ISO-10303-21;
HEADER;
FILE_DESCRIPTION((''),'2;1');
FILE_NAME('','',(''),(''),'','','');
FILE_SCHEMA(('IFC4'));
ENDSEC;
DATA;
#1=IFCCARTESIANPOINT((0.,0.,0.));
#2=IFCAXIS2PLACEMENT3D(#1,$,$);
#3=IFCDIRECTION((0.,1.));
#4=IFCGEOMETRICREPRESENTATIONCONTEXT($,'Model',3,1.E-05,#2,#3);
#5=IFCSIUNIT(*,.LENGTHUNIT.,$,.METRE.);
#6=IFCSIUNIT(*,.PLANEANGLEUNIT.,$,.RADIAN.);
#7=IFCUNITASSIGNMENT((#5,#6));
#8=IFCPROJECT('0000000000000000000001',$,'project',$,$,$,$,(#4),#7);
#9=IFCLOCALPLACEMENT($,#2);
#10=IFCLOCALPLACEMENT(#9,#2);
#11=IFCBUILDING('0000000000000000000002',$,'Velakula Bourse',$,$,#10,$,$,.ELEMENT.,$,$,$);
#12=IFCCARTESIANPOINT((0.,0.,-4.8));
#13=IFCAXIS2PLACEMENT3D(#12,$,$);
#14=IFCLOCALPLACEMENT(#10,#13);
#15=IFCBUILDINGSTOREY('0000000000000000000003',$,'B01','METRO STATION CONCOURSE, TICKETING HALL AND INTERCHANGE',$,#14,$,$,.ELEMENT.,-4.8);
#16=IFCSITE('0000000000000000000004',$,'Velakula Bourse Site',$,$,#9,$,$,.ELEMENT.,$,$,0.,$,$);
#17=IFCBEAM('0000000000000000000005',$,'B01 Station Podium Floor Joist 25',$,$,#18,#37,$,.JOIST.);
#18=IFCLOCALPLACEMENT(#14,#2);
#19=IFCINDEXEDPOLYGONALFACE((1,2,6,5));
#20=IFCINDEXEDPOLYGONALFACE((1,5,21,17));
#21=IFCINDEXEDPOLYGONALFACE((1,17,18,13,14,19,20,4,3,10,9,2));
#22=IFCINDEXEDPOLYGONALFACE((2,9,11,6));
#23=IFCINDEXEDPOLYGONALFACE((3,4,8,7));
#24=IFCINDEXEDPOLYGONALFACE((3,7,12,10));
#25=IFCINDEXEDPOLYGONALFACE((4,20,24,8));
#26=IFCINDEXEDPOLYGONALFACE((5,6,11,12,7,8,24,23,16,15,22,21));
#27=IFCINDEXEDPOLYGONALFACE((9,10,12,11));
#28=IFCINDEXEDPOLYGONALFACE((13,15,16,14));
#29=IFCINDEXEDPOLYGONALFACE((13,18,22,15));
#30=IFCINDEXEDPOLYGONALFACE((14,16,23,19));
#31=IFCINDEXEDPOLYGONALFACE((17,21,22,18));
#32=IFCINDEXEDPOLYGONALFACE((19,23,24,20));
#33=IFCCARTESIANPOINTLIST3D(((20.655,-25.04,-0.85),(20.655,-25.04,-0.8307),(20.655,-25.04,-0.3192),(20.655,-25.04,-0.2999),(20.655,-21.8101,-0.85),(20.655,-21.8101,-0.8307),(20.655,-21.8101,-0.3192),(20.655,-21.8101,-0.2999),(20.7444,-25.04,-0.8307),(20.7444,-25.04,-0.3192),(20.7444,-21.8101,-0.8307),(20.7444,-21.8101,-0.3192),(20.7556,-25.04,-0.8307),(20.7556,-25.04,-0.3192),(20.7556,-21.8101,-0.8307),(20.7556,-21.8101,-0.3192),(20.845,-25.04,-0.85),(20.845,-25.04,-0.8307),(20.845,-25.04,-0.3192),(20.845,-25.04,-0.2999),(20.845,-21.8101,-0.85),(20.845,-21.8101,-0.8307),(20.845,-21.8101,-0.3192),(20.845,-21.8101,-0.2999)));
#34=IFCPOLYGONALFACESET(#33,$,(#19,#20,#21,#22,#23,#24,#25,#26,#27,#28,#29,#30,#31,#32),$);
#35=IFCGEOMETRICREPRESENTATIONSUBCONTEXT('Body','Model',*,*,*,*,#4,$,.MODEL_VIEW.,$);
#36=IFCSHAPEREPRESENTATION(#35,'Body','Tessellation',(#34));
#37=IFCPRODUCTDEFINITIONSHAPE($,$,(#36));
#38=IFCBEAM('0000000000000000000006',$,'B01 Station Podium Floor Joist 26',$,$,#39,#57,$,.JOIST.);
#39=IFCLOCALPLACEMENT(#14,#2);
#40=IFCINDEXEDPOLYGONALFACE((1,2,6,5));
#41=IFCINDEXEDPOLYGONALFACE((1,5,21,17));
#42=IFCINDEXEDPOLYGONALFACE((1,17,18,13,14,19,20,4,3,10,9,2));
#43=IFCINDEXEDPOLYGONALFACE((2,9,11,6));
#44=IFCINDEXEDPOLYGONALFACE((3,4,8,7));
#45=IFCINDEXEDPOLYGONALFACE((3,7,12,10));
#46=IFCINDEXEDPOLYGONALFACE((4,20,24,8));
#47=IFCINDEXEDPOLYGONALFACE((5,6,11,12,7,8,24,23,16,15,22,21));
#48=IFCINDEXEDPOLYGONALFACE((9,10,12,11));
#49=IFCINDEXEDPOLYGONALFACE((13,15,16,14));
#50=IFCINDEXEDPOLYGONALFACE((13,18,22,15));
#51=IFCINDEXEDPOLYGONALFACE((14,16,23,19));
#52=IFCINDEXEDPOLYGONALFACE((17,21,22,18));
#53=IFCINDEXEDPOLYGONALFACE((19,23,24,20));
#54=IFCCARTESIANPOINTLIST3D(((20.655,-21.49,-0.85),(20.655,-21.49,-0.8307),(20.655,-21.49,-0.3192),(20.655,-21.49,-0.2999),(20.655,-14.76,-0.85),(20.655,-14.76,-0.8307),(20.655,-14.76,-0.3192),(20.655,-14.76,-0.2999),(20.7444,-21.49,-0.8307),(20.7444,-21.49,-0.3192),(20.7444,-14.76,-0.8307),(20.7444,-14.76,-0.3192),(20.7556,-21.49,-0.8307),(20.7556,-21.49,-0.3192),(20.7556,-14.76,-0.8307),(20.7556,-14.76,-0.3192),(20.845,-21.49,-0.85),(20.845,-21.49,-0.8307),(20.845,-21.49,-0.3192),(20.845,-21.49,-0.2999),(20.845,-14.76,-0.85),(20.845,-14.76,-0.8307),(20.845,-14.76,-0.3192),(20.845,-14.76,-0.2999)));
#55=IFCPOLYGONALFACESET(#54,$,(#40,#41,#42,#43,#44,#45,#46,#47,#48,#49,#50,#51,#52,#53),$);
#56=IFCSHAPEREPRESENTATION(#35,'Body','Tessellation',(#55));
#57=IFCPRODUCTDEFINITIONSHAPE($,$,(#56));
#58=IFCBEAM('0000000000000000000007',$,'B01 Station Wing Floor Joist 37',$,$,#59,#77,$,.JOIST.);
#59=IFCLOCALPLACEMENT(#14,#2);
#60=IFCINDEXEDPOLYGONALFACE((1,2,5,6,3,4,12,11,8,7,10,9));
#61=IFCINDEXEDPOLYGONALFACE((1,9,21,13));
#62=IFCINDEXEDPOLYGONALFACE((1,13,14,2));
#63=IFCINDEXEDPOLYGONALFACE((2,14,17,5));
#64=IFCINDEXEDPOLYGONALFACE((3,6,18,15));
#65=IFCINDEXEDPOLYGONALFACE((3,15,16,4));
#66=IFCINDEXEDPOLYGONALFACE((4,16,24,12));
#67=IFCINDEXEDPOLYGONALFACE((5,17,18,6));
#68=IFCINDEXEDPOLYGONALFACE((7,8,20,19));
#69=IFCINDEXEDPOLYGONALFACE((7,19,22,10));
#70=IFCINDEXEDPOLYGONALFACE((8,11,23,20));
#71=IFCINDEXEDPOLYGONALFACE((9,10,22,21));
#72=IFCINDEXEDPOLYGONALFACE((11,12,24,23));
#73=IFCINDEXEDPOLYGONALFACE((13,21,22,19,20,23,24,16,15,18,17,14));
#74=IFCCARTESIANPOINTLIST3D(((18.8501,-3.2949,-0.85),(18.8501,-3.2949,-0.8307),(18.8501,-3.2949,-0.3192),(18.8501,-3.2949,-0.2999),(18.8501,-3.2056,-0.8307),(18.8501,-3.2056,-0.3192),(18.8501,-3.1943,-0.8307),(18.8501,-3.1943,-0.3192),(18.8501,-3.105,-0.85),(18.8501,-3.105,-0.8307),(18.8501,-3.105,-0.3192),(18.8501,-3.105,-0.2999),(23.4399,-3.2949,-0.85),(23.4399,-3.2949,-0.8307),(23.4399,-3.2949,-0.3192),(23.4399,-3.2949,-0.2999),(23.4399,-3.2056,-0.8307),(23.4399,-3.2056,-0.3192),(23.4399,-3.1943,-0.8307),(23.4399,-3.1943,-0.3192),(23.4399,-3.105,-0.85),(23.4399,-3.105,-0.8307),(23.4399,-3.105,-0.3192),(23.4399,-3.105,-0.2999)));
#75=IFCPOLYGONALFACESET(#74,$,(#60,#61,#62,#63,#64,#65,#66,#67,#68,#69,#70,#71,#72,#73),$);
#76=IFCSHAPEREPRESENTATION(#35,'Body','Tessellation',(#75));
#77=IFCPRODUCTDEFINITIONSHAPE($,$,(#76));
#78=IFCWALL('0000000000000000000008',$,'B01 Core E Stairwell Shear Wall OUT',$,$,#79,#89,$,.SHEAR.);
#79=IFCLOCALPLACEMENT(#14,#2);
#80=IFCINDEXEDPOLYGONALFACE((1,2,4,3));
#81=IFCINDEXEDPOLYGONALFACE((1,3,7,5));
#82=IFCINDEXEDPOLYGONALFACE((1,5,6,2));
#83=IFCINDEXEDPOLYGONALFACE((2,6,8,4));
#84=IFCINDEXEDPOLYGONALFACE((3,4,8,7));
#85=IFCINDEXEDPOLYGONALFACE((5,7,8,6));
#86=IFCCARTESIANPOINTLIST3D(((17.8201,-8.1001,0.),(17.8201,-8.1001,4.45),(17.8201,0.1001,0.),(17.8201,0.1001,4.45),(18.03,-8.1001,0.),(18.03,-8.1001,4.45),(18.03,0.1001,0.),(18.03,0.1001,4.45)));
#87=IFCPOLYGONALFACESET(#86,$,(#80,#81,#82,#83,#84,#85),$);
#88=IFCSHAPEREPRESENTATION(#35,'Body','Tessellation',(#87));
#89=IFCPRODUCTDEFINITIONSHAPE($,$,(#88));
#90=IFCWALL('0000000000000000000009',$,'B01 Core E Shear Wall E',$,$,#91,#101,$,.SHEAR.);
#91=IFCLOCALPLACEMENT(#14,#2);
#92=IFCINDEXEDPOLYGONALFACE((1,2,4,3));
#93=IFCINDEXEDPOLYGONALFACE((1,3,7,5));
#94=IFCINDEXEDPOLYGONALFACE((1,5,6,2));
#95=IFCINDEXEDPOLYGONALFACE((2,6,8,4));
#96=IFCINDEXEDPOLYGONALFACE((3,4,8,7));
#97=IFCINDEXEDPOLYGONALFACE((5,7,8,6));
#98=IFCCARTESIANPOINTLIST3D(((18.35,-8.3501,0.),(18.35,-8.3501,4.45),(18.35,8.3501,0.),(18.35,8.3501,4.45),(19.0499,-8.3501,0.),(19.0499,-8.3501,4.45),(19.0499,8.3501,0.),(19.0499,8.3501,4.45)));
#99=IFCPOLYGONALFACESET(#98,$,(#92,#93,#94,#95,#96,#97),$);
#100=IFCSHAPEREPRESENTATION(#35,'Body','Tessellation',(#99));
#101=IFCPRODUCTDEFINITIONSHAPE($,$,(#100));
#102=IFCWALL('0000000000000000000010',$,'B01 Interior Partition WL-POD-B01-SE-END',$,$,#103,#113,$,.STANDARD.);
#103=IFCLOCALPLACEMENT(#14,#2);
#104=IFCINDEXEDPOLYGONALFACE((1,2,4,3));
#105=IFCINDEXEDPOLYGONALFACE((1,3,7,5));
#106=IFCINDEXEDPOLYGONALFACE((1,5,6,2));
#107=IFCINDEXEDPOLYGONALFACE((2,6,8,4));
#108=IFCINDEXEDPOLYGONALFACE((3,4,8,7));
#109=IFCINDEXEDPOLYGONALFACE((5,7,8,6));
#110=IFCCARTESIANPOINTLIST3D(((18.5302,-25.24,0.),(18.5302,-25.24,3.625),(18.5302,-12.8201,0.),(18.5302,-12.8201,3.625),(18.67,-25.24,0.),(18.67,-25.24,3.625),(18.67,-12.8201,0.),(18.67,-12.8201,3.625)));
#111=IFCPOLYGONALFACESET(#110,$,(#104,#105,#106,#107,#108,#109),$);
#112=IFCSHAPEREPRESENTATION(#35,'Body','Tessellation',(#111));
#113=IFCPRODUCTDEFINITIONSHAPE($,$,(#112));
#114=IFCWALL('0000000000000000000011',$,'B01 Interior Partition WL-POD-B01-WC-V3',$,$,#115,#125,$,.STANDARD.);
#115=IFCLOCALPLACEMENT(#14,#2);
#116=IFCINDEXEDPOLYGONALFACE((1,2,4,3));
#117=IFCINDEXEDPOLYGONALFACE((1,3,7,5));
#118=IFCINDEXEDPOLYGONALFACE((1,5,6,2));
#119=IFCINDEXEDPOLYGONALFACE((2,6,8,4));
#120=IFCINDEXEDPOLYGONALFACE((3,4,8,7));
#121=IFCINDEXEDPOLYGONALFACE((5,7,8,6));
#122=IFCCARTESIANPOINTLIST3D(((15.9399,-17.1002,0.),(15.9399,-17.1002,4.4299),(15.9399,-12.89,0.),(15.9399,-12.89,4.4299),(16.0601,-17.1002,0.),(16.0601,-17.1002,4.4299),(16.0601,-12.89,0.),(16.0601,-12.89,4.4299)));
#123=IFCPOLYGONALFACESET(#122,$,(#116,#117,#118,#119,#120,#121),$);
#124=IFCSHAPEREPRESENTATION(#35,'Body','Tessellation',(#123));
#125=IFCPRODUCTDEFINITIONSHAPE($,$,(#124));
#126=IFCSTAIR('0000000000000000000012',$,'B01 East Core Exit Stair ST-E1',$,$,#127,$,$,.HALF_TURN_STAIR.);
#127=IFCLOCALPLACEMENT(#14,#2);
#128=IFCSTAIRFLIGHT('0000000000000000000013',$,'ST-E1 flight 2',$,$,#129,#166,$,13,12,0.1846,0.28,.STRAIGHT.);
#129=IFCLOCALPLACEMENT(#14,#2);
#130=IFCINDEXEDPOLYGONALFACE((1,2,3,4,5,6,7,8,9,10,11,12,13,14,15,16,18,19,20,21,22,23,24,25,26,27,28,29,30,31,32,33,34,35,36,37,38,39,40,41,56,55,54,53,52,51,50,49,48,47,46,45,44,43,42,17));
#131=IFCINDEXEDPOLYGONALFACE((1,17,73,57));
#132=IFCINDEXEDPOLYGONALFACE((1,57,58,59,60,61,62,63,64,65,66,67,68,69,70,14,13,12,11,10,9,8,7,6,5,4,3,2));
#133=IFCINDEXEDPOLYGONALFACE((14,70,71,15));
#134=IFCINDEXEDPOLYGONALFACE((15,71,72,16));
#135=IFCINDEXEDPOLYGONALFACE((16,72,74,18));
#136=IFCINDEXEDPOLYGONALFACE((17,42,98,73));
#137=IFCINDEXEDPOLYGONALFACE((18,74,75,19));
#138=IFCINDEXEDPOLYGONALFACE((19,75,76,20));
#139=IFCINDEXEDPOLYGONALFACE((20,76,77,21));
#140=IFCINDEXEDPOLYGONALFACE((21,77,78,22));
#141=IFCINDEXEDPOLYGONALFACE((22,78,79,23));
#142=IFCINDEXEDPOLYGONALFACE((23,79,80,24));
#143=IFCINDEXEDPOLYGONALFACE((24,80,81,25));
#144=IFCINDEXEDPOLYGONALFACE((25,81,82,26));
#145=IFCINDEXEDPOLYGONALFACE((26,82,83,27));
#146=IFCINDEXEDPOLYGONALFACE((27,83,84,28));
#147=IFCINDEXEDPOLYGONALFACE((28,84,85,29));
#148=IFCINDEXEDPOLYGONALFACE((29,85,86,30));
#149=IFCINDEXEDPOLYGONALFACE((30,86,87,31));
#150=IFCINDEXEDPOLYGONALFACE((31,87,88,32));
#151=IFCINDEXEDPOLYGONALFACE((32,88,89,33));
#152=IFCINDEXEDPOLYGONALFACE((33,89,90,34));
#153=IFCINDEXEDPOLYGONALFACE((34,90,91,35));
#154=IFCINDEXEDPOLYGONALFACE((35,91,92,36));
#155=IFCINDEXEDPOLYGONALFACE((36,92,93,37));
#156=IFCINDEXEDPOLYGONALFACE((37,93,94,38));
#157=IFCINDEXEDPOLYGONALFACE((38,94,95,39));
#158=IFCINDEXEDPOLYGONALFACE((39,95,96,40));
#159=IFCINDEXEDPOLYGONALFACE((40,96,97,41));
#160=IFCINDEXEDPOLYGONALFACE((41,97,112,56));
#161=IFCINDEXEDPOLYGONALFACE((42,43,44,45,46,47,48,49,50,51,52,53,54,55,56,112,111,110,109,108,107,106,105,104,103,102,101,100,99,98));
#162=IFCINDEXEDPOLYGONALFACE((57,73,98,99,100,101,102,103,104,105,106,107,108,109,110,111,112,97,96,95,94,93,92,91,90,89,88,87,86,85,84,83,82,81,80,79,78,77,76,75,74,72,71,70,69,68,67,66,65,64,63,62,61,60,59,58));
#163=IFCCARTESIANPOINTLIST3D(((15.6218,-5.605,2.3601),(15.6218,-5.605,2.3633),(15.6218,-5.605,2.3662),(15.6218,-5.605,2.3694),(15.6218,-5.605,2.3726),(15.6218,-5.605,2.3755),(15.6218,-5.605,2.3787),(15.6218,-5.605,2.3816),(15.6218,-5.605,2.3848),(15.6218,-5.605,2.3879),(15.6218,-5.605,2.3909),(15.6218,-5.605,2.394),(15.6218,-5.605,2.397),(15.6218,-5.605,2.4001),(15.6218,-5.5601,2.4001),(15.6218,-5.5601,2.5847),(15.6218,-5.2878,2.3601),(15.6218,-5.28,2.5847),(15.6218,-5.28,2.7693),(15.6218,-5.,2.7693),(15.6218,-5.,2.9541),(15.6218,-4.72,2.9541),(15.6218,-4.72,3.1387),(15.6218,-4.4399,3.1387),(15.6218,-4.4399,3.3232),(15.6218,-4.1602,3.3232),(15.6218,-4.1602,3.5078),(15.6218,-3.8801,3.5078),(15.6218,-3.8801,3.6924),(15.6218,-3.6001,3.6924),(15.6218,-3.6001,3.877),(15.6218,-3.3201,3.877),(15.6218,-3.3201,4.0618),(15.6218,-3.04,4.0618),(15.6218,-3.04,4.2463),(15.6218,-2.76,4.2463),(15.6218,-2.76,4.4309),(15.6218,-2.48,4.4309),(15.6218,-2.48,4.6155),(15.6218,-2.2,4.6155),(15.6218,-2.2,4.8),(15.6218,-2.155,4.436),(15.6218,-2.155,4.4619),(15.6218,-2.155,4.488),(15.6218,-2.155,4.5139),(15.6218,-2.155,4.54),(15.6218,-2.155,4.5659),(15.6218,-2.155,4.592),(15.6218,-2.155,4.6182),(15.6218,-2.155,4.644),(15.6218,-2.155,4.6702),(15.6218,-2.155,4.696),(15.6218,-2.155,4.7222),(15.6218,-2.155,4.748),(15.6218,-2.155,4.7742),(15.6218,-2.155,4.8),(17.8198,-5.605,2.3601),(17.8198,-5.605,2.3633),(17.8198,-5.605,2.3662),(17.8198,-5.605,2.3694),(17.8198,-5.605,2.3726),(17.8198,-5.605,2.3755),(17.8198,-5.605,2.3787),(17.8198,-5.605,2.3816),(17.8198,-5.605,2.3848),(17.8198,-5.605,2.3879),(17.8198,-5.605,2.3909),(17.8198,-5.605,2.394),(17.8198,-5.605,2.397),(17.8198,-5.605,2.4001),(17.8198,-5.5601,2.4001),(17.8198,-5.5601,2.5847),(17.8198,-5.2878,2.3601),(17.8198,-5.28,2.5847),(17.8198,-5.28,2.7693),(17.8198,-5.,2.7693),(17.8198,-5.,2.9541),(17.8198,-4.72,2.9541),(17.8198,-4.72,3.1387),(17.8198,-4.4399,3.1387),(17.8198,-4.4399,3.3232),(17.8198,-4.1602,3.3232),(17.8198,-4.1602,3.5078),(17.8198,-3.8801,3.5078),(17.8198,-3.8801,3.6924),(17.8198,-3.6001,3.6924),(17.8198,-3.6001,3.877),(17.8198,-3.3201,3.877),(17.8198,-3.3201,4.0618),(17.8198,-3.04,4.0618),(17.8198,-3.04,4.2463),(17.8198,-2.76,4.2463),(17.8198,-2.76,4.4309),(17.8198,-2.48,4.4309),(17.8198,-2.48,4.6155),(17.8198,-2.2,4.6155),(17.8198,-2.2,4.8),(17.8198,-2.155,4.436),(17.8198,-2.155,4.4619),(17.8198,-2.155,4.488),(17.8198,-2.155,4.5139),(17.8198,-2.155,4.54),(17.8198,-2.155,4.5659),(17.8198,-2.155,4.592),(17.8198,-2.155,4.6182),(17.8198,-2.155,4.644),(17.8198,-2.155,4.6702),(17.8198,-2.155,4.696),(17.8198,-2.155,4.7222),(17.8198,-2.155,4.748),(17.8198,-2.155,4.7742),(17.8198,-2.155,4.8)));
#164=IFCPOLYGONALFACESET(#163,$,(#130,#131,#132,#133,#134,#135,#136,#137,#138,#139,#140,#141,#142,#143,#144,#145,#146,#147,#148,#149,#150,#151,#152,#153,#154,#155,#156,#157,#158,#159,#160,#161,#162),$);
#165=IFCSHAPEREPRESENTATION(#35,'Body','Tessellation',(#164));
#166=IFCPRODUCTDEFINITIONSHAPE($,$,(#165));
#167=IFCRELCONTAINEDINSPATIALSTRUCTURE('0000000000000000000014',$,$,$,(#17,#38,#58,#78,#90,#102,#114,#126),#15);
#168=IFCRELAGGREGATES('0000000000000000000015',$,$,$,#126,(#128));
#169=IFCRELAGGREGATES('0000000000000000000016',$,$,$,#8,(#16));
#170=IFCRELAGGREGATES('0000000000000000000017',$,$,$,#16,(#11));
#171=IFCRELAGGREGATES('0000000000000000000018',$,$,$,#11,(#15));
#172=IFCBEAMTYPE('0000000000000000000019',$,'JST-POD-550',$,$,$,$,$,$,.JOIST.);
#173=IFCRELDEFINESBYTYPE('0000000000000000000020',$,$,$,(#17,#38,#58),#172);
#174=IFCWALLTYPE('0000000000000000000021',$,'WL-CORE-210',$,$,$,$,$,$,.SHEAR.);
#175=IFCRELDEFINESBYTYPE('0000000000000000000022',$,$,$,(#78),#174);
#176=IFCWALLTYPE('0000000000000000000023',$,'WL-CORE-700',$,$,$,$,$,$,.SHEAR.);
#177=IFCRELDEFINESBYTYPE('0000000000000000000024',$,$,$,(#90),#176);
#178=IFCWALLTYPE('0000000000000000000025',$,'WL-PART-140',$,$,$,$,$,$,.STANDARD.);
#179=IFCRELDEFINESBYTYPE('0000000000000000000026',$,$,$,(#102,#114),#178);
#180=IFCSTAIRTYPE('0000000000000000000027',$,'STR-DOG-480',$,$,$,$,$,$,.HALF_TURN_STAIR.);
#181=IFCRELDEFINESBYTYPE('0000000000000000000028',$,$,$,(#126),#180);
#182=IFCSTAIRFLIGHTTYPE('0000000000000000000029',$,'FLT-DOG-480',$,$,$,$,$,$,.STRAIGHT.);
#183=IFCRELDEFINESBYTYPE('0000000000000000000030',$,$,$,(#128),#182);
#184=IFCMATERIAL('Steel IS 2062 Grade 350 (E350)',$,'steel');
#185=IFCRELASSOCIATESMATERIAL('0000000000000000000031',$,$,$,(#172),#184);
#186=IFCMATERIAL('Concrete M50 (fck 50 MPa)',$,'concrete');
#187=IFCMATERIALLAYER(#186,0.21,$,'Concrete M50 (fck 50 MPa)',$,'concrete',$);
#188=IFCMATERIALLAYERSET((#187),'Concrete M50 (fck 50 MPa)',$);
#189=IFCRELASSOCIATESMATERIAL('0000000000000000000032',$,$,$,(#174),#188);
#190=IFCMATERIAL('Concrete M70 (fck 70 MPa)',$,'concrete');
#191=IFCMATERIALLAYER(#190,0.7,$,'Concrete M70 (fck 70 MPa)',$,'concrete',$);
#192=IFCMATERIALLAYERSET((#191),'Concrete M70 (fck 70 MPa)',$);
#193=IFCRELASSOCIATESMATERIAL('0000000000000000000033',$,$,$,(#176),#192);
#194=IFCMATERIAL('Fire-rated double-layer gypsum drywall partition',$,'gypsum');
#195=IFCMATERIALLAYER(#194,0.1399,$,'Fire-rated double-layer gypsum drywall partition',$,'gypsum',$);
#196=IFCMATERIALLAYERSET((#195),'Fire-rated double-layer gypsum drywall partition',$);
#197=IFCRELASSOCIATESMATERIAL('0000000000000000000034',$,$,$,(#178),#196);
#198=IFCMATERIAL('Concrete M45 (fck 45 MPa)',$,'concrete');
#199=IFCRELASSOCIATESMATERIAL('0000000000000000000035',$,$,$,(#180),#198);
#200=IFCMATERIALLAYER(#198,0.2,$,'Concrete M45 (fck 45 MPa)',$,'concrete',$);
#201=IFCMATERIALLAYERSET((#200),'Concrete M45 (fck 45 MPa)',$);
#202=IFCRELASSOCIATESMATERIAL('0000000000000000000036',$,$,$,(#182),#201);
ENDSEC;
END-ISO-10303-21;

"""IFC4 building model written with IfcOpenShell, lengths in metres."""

from ifc_helpers import new_model, si_unit, direction, frame, frame_2d, origin, origin_2d, place, context, subcontext, project, spatial, polyline, rectangle, i_section, outline, extrude, material, layer, layer_set, material_profile, profile_set, type_object, element, aggregate, save


model = new_model("IFC4")

# Units and contexts
model_context = context("Model", 3, precision=1e-05, world=origin(), true_north=direction((0.0, 1.0)))
body_context = subcontext(model_context, "Body", "Model", "MODEL_VIEW")
ifc_project = project(units=[si_unit("LENGTHUNIT", "METRE"), si_unit("PLANEANGLEUNIT", "RADIAN")], contexts=[model_context])

# Site, building, storey
site_placement = place(None, origin())
site = spatial("IfcSite", under=ifc_project, at=site_placement, Name="Velakula Bourse Site", CompositionType="ELEMENT", RefElevation=0.0)
building_placement = place(site_placement, origin())
building = spatial("IfcBuilding", under=site, at=building_placement, Name="Velakula Bourse", CompositionType="ELEMENT")
storey_placement = place(building_placement, frame((0.0, 0.0, -4.8)))
storey = spatial("IfcBuildingStorey", under=building, at=storey_placement, Name="B01", Description="METRO STATION CONCOURSE, TICKETING HALL AND INTERCHANGE", CompositionType="ELEMENT", Elevation=-4.8)

# Shared definitions
ifc_material_1 = material(Name="Concrete M70 (fck 70 MPa)", Category="concrete")
ifc_material_2 = material(Name="Concrete M50 (fck 50 MPa)", Category="concrete")

# Beams
ifc_material_3 = material(Name="Steel IS 2062 Grade 350 (E350)", Category="steel")
ifc_material_profile_1 = material_profile(ifc_material_3, i_section(OverallWidth=0.1899, OverallDepth=0.55, WebThickness=0.0112, FlangeThickness=0.0193, at=origin_2d()), Name="Steel IS 2062 Grade 350 (E350)")
ifc_profile_set_1 = profile_set([ifc_material_profile_1], Name="Steel IS 2062 Grade 350 (E350)")
beam_type_1 = type_object("IfcBeamType", Name="JST-POD-550", PredefinedType="JOIST", material=ifc_profile_set_1)
beam_1_placement = place(storey_placement, frame((20.75, -25.04, -0.575), z_axis=(0.0, 1.0, 0.0), x_axis=(-1.0, 0.0, 0.0)))
element("IfcBeam", 1, at=beam_1_placement, inside=storey, type_object=beam_type_1, Name="B01 Station Podium Floor Joist 25", PredefinedType="JOIST", context=body_context, shape_type="SweptSolid", body=[
    extrude(i_section(OverallWidth=0.1899, OverallDepth=0.55, WebThickness=0.0112, FlangeThickness=0.0193, at=origin_2d()), origin(), (0.0, 0.0, 1.0), 3.23),
])
beam_2_placement = place(storey_placement, frame((20.75, -21.49, -0.575), z_axis=(0.0, 1.0, 0.0), x_axis=(-1.0, 0.0, 0.0)))
element("IfcBeam", 2, at=beam_2_placement, inside=storey, type_object=beam_type_1, Name="B01 Station Podium Floor Joist 26", PredefinedType="JOIST", context=body_context, shape_type="SweptSolid", body=[
    extrude(i_section(OverallWidth=0.1899, OverallDepth=0.55, WebThickness=0.0112, FlangeThickness=0.0193, at=origin_2d()), origin(), (0.0, 0.0, 1.0), 6.73),
])
beam_3_placement = place(storey_placement, frame((18.8501, -3.2, -0.575), z_axis=(1.0, 0.0, 0.0), x_axis=(0.0, 1.0, 0.0)))
element("IfcBeam", 3, at=beam_3_placement, inside=storey, type_object=beam_type_1, Name="B01 Station Wing Floor Joist 37", PredefinedType="JOIST", context=body_context, shape_type="SweptSolid", body=[
    extrude(i_section(OverallWidth=0.1899, OverallDepth=0.55, WebThickness=0.0112, FlangeThickness=0.0193, at=origin_2d()), origin(), (0.0, 0.0, 1.0), 4.5898),
])

# Walls
ifc_layer_1 = layer(ifc_material_2, 0.21, Name="Concrete M50 (fck 50 MPa)", Category="concrete")
ifc_layer_set_1 = layer_set([ifc_layer_1], Name="Concrete M50 (fck 50 MPa)")
wall_type_1 = type_object("IfcWallType", Name="WL-CORE-210", PredefinedType="SHEAR", material=ifc_layer_set_1)
wall_1_placement = place(storey_placement, frame((17.925, -8.1001, 0.0), z_axis=(0.0, 0.0, 1.0), x_axis=(0.0, 1.0, 0.0)))
element("IfcWall", 4, at=wall_1_placement, inside=storey, type_object=wall_type_1, Name="B01 Core E Stairwell Shear Wall OUT", PredefinedType="SHEAR", context=body_context, shape_type="SweptSolid", body=[
    extrude(rectangle(XDim=8.2002, YDim=0.21, at=frame_2d((4.1001, 0.0))), origin(), (0.0, 0.0, 1.0), 4.45),
])
ifc_layer_2 = layer(ifc_material_1, 0.7, Name="Concrete M70 (fck 70 MPa)", Category="concrete")
ifc_layer_set_2 = layer_set([ifc_layer_2], Name="Concrete M70 (fck 70 MPa)")
wall_type_2 = type_object("IfcWallType", Name="WL-CORE-700", PredefinedType="SHEAR", material=ifc_layer_set_2)
wall_2_placement = place(storey_placement, frame((18.7, -8.3501, 0.0), z_axis=(0.0, 0.0, 1.0), x_axis=(0.0, 1.0, 0.0)))
element("IfcWall", 5, at=wall_2_placement, inside=storey, type_object=wall_type_2, Name="B01 Core E Shear Wall E", PredefinedType="SHEAR", context=body_context, shape_type="SweptSolid", body=[
    extrude(rectangle(XDim=16.7002, YDim=0.7, at=frame_2d((8.3501, 0.0))), origin(), (0.0, 0.0, 1.0), 4.45),
])
ifc_material_4 = material(Name="Fire-rated double-layer gypsum drywall partition", Category="gypsum")
ifc_layer_3 = layer(ifc_material_4, 0.1399, Name="Fire-rated double-layer gypsum drywall partition", Category="gypsum")
ifc_layer_set_3 = layer_set([ifc_layer_3], Name="Fire-rated double-layer gypsum drywall partition")
wall_type_3 = type_object("IfcWallType", Name="WL-PART-140", PredefinedType="STANDARD", material=ifc_layer_set_3)
wall_3_placement = place(storey_placement, frame((18.6001, -25.24, 0.0), z_axis=(0.0, 0.0, 1.0), x_axis=(0.0, 1.0, 0.0)))
element("IfcWall", 6, at=wall_3_placement, inside=storey, type_object=wall_type_3, Name="B01 Interior Partition WL-POD-B01-SE-END", PredefinedType="STANDARD", context=body_context, shape_type="SweptSolid", body=[
    extrude(rectangle(XDim=12.4199, YDim=0.1399, at=frame_2d((6.21, 0.0))), origin(), (0.0, 0.0, 1.0), 3.625),
])
wall_4_placement = place(storey_placement, frame((16.0, -17.1001, 0.0), z_axis=(0.0, 0.0, 1.0), x_axis=(0.0, 1.0, 0.0)))
element("IfcWall", 7, at=wall_4_placement, inside=storey, type_object=wall_type_3, Name="B01 Interior Partition WL-POD-B01-WC-V3", PredefinedType="STANDARD", context=body_context, shape_type="SweptSolid", body=[
    extrude(rectangle(XDim=4.2102, YDim=0.1201, at=frame_2d((2.105, 0.0))), origin(), (0.0, 0.0, 1.0), 4.4299),
])

# Stair, stair flight
ifc_material_5 = material(Name="Concrete M45 (fck 45 MPa)", Category="concrete")
stair_type = type_object("IfcStairType", Name="STR-DOG-480", PredefinedType="HALF_TURN_STAIR", material=ifc_material_5)
stair_placement = place(storey_placement, origin())
stair = element("IfcStair", 8, at=stair_placement, inside=storey, type_object=stair_type, Name="B01 East Core Exit Stair ST-E1", PredefinedType="HALF_TURN_STAIR")
ifc_layer_4 = layer(ifc_material_5, 0.2, Name="Concrete M45 (fck 45 MPa)", Category="concrete")
ifc_layer_set_4 = layer_set([ifc_layer_4], Name="Concrete M45 (fck 45 MPa)")
stair_flight_type = type_object("IfcStairFlightType", Name="FLT-DOG-480", PredefinedType="STRAIGHT", material=ifc_layer_set_4)
stair_flight_placement = place(storey_placement, frame((16.7209, -5.5601, 2.4001), z_axis=(0.0, 0.0, 1.0), x_axis=(0.0, 1.0, 0.0)))
stair_flight = element("IfcStairFlight", 9, at=stair_flight_placement, type_object=stair_flight_type, Name="ST-E1 flight 2", NumberOfRisers=13, NumberOfTreads=12, PredefinedType="STRAIGHT", RiserHeight=0.1846, TreadLength=0.28, context=body_context, shape_type="SweptSolid", body=[
    extrude(outline(polyline([(-0.0449, -0.04), (-0.0449, -0.0369), (-0.0449, -0.0339), (-0.0449, -0.0308), (-0.0449, -0.0276), (-0.0449, -0.0247), (-0.0449, -0.0215), (-0.0449, -0.0186), (-0.0449, -0.0154), (-0.0449, -0.0122), (-0.0449, -0.0093), (-0.0449, -0.0061), (-0.0449, -0.0032), (-0.0449, 0.0), (0.0, 0.0), (0.0, 0.1846), (0.28, 0.1846), (0.28, 0.3691), (0.5601, 0.3691), (0.5601, 0.554), (0.8401, 0.554), (0.8401, 0.7385), (1.1201, 0.7385), (1.1201, 0.9231), (1.3999, 0.9231), (1.3999, 1.1077), (1.6799, 1.1077), (1.6799, 1.2922), (1.96, 1.2922), (1.96, 1.4768), (2.24, 1.4768), (2.24, 1.6616), (2.52, 1.6616), (2.52, 1.8462), (2.8, 1.8462), (2.8, 2.0308), (3.0801, 2.0308), (3.0801, 2.2153), (3.3601, 2.2153), (3.3601, 2.3999), (3.405, 2.3999), (3.405, 2.374), (3.405, 2.3479), (3.405, 2.322), (3.405, 2.2959), (3.405, 2.27), (3.405, 2.2439), (3.405, 2.218), (3.405, 2.1919), (3.405, 2.1658), (3.405, 2.1399), (3.405, 2.1138), (3.405, 2.0879), (3.405, 2.0618), (3.405, 2.0359), (0.2722, -0.04), (-0.0449, -0.04)])), frame((0.0, 1.0991, 0.0), z_axis=(0.0, -1.0, 0.0), x_axis=(1.0, 0.0, 0.0)), (0.0, 0.0, 1.0), 2.198),
])
aggregate(stair, [stair_flight])

save(model, "model.ifc")
